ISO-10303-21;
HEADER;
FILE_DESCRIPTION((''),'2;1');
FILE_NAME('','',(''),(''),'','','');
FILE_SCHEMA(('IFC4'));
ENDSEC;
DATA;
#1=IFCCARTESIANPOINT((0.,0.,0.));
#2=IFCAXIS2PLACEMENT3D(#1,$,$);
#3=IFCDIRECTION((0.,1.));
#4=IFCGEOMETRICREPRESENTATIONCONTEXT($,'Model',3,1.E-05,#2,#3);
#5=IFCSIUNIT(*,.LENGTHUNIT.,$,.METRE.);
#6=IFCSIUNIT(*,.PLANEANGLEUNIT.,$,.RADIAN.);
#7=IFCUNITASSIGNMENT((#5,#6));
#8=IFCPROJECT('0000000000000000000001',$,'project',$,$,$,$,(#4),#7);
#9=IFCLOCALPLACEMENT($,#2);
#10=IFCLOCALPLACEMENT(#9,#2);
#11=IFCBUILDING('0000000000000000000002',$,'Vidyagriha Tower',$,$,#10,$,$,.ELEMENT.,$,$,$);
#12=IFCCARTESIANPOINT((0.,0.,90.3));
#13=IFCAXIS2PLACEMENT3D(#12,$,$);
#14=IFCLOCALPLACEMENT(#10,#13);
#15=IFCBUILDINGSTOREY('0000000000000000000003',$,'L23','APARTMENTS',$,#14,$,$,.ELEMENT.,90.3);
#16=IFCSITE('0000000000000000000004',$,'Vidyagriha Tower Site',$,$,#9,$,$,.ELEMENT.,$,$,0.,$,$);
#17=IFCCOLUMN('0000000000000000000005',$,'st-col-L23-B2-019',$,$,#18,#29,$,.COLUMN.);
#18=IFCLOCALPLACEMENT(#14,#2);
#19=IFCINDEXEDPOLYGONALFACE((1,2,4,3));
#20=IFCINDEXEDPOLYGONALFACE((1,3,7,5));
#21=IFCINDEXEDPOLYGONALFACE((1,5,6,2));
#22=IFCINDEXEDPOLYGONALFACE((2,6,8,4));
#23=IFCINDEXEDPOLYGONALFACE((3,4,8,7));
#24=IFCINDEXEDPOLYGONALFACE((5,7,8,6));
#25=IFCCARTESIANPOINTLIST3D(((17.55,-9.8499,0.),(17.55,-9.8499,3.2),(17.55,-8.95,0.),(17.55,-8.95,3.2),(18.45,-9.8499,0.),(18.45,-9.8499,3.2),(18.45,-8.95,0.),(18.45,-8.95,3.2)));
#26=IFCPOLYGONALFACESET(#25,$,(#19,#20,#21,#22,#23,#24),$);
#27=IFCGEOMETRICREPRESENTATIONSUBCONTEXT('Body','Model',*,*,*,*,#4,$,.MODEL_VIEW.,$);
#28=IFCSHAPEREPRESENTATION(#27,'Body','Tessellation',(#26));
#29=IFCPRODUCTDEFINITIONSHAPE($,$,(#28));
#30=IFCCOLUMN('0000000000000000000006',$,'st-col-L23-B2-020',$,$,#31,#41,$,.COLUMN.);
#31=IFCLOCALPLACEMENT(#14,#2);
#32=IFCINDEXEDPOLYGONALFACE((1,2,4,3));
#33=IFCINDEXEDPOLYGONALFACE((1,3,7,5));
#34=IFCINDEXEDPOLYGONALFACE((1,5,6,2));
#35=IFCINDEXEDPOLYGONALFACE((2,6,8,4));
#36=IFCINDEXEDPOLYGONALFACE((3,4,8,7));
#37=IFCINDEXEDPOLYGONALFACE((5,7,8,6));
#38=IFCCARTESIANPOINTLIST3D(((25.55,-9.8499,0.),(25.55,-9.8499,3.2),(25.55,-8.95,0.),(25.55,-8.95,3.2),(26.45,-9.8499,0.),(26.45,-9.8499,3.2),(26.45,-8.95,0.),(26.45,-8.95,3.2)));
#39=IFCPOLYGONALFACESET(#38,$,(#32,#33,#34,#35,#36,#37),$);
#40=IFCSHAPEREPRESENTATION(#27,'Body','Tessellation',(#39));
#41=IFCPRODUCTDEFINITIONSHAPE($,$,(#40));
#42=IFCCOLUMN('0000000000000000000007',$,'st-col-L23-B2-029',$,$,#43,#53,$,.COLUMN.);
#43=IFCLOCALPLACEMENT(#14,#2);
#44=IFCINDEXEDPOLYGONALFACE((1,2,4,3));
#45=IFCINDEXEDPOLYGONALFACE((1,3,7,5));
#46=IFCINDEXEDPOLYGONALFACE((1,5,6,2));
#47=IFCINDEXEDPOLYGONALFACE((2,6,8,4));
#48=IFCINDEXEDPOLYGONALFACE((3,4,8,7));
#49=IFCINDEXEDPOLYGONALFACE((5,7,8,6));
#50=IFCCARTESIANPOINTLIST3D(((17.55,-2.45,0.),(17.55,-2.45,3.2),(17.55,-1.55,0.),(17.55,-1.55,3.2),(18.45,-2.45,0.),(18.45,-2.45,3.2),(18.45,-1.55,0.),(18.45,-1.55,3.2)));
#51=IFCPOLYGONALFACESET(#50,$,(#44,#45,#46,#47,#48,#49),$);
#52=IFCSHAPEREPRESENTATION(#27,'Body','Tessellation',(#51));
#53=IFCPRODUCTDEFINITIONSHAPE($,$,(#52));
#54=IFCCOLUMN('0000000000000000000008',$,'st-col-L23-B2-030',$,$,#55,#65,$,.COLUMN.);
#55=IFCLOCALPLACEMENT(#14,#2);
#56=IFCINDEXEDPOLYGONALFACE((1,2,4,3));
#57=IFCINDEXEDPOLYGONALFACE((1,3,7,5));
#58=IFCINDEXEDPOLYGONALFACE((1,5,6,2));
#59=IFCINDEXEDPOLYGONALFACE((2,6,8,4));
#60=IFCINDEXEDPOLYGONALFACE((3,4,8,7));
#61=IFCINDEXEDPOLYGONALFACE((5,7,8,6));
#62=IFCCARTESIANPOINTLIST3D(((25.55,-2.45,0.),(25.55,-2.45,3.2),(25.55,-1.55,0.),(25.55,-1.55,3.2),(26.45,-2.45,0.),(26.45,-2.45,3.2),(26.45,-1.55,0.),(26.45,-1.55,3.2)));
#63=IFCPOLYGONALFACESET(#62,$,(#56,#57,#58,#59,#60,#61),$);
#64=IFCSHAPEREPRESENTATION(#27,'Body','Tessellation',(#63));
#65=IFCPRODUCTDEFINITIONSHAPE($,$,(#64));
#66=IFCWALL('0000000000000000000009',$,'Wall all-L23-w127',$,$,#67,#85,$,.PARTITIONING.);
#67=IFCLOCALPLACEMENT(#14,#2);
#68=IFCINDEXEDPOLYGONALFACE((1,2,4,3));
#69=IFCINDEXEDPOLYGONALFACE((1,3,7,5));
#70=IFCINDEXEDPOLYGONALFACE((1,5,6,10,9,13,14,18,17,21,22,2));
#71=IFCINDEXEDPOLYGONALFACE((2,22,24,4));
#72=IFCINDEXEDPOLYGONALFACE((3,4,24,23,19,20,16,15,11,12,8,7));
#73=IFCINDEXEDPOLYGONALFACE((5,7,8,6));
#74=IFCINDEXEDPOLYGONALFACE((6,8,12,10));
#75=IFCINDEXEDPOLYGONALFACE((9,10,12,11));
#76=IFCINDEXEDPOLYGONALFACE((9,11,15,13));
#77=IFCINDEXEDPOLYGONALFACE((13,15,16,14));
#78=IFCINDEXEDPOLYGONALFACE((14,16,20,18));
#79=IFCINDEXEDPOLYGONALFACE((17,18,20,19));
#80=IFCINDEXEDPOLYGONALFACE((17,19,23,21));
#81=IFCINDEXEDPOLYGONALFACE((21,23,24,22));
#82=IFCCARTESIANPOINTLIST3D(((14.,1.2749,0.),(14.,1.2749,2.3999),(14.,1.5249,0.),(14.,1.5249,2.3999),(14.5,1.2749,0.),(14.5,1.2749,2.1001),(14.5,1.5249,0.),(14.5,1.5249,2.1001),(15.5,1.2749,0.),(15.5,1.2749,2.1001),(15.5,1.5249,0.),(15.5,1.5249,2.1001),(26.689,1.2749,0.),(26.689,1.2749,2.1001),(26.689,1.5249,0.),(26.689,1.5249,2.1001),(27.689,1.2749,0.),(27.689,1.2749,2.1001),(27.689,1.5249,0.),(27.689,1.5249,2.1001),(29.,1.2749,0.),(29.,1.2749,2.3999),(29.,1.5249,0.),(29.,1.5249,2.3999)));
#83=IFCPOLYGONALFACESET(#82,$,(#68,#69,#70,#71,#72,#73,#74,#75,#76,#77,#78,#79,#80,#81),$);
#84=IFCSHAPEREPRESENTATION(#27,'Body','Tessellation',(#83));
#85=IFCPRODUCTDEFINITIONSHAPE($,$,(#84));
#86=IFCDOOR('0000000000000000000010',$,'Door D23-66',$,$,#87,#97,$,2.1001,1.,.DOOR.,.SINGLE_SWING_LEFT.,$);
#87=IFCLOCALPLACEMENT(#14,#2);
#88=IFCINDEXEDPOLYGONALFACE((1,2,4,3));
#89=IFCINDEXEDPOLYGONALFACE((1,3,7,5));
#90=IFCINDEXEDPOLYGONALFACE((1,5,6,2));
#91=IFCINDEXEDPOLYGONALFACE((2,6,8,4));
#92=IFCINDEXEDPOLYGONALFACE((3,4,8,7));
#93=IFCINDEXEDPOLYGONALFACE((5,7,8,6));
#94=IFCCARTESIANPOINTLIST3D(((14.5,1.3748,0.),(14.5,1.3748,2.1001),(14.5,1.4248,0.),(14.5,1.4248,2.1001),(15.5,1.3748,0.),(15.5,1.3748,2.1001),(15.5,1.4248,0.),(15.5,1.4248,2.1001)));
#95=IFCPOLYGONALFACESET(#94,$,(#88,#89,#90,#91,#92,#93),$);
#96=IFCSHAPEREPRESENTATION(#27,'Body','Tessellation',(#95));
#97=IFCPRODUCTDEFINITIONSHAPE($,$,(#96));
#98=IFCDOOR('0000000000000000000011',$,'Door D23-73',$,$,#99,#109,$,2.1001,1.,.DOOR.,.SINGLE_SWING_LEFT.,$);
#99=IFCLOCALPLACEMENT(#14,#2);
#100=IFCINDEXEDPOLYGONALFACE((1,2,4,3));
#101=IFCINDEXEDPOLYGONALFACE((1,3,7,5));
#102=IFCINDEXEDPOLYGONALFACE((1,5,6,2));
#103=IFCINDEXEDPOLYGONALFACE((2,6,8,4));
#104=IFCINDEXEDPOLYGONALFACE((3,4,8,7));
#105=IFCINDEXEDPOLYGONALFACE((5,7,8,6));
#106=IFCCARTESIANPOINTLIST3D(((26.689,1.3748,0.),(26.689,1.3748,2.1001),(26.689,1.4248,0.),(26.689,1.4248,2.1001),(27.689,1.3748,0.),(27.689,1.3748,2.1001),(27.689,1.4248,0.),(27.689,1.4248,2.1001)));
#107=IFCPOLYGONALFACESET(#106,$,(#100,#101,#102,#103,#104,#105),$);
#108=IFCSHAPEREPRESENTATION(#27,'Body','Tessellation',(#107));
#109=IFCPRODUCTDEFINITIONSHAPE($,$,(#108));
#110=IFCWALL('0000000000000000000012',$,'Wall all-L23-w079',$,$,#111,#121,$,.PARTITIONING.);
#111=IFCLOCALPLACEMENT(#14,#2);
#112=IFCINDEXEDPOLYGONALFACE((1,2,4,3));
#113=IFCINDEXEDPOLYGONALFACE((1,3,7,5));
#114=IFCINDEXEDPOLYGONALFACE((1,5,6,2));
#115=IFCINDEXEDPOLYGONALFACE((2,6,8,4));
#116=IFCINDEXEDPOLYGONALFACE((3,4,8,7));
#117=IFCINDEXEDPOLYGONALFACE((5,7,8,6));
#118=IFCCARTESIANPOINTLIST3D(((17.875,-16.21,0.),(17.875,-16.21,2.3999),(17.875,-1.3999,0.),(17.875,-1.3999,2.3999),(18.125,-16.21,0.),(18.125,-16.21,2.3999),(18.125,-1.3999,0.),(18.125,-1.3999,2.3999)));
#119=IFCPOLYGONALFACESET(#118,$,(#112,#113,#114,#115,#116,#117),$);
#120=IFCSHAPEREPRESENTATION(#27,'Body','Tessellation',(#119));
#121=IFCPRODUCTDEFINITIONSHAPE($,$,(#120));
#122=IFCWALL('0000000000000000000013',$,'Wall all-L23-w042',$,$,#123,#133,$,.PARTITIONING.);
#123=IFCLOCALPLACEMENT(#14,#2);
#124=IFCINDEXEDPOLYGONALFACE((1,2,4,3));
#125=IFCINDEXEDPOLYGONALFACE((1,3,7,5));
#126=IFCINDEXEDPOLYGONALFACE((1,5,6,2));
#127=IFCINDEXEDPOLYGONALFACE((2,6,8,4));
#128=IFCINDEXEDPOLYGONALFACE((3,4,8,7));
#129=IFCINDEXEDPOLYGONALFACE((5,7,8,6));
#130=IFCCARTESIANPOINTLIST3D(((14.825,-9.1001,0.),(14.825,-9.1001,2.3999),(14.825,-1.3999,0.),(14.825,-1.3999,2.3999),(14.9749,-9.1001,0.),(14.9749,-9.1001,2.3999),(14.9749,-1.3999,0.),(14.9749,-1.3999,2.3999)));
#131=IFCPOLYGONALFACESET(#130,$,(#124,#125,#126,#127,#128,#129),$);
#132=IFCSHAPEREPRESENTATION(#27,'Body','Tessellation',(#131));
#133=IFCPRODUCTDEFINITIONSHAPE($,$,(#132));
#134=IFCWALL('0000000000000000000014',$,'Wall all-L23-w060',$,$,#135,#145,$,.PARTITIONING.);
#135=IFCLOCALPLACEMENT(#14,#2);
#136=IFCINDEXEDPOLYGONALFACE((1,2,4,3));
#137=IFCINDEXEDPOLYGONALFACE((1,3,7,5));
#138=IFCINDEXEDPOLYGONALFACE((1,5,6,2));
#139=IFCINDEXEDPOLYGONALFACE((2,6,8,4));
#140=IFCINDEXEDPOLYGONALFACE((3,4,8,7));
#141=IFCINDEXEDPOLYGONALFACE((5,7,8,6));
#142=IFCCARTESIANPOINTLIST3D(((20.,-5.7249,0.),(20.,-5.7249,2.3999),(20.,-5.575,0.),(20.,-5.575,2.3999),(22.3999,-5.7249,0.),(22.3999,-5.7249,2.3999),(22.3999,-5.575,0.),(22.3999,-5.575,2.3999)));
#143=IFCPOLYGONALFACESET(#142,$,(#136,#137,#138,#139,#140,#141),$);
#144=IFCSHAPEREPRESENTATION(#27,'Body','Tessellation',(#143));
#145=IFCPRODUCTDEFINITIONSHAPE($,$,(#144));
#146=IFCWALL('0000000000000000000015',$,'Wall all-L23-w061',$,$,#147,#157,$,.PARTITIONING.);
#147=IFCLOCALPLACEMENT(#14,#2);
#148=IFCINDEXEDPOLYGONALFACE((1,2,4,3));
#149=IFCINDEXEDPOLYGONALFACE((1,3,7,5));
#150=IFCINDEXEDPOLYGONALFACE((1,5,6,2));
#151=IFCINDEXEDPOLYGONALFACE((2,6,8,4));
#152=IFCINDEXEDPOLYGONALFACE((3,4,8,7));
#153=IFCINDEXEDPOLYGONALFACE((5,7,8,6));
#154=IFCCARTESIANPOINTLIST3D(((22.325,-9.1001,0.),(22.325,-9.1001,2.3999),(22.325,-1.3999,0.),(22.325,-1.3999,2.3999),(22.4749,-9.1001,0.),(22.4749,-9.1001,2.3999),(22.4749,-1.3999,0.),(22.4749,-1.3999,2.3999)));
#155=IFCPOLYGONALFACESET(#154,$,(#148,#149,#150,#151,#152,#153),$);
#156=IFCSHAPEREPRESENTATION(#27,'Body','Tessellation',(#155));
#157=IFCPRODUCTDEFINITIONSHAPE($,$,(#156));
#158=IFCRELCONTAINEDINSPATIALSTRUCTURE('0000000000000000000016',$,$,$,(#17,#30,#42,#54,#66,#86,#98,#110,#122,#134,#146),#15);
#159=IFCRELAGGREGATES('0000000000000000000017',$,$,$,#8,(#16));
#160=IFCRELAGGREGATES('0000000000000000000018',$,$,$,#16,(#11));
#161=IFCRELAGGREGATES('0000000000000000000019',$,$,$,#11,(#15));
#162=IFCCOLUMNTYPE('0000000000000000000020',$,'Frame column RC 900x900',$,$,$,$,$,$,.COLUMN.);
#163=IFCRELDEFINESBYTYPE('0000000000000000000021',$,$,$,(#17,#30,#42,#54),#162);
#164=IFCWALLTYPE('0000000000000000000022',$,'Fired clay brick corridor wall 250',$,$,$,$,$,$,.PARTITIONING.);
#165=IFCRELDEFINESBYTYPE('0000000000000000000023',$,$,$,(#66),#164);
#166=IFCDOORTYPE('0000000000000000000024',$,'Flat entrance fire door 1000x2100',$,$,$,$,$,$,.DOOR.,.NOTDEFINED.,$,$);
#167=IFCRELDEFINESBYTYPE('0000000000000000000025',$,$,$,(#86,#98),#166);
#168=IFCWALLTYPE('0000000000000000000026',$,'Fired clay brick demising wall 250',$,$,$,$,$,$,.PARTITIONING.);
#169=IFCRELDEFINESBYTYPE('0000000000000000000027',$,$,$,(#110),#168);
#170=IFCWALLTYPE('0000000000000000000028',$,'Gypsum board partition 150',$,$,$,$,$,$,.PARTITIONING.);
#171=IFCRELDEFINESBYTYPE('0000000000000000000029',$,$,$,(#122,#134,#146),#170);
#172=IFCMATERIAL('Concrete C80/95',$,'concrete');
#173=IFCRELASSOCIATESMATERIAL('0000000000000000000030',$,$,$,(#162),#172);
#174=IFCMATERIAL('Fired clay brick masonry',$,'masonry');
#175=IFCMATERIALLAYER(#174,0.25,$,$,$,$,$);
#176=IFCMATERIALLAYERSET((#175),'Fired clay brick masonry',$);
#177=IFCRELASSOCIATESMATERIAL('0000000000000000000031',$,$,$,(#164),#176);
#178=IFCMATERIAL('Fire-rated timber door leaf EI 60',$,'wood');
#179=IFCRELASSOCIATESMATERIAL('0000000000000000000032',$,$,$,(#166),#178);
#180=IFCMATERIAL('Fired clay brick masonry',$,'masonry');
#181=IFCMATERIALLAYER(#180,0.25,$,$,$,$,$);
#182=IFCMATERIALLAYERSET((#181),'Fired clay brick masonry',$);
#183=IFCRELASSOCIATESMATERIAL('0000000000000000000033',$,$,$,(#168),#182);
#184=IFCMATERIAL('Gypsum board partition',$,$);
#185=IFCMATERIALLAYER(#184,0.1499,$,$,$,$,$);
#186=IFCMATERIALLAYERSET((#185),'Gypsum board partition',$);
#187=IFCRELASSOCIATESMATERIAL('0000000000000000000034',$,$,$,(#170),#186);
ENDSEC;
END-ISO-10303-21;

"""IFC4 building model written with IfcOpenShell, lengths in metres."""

from ifc_helpers import new_model, si_unit, direction, frame, frame_2d, origin, origin_2d, place, context, subcontext, project, spatial, rectangle, extrude, material, layer, layer_set, material_profile, profile_set, type_object, element, fill, save


model = new_model("IFC4")

# Units and contexts
model_context = context("Model", 3, precision=1e-05, world=origin(), true_north=direction((0.0, 1.0)))
body_context = subcontext(model_context, "Body", "Model", "MODEL_VIEW")
ifc_project = project(units=[si_unit("LENGTHUNIT", "METRE"), si_unit("PLANEANGLEUNIT", "RADIAN")], contexts=[model_context])

# Site, building, storey
site_placement = place(None, origin())
site = spatial("IfcSite", under=ifc_project, at=site_placement, Name="Vidyagriha Tower Site", CompositionType="ELEMENT", RefElevation=0.0)
building_placement = place(site_placement, origin())
building = spatial("IfcBuilding", under=site, at=building_placement, Name="Vidyagriha Tower", CompositionType="ELEMENT")
storey_placement = place(building_placement, frame((0.0, 0.0, 90.3)))
storey = spatial("IfcBuildingStorey", under=building, at=storey_placement, Name="L23", Description="APARTMENTS", CompositionType="ELEMENT", Elevation=90.3)

# Columns
ifc_material_1 = material(Name="Concrete C80/95", Category="concrete")
ifc_material_profile = material_profile(ifc_material_1, rectangle(XDim=0.8999, YDim=0.8999, at=origin_2d()), Name="RC 900x900")
ifc_profile_set = profile_set([ifc_material_profile], Name="Concrete C80/95")
column_type = type_object("IfcColumnType", Name="Frame column RC 900x900", PredefinedType="COLUMN", material=ifc_profile_set)
for number, where, name in (
    (1, (18.0, -9.3999, 0.0), "st-col-L23-B2-019"),
    (2, (26.0, -9.3999, 0.0), "st-col-L23-B2-020"),
    (3, (18.0, -2.0, 0.0), "st-col-L23-B2-029"),
    (4, (26.0, -2.0, 0.0), "st-col-L23-B2-030"),
):
    element("IfcColumn", number, at=place(storey_placement, frame(where)), inside=storey, type_object=column_type, Name=name, PredefinedType="COLUMN", context=body_context, shape_type="SweptSolid", body=[
        extrude(rectangle(XDim=0.8999, YDim=0.8999, at=origin_2d()), origin(), (0.0, 0.0, 1.0), 3.2),
    ])

# Wall, openings, doors
ifc_material_2 = material(Name="Fired clay brick masonry", Category="masonry")
ifc_layer_1 = layer(ifc_material_2, 0.25)
ifc_layer_set_1 = layer_set([ifc_layer_1], Name="Fired clay brick masonry")
wall_type_1 = type_object("IfcWallType", Name="Fired clay brick corridor wall 250", PredefinedType="PARTITIONING", material=ifc_layer_set_1)
wall_1_placement = place(storey_placement, frame((14.0, 1.3999, 0.0)))
wall_1 = element("IfcWall", 5, at=wall_1_placement, inside=storey, type_object=wall_type_1, Name="Wall all-L23-w127", PredefinedType="PARTITIONING", context=body_context, shape_type="SweptSolid", body=[
    extrude(rectangle(XDim=15.0, YDim=0.25, at=frame_2d((7.5, 0.0))), origin(), (0.0, 0.0, 1.0), 2.3999),
])
opening_1_placement = place(wall_1_placement, frame((0.5, 0.0, 0.0)))
opening_1 = element("IfcOpeningElement", 6, at=opening_1_placement, cuts=wall_1, PredefinedType="OPENING", context=body_context, shape_type="SweptSolid", body=[
    extrude(rectangle(XDim=1.0, YDim=2.1001, at=frame_2d((0.5, 1.05))), frame((0.0, 0.135, 0.0), z_axis=(0.0, -1.0, 0.0), x_axis=(1.0, 0.0, 0.0)), (0.0, 0.0, 1.0), 0.27),
])
opening_2_placement = place(wall_1_placement, frame((12.689, 0.0, 0.0)))
opening_2 = element("IfcOpeningElement", 7, at=opening_2_placement, cuts=wall_1, PredefinedType="OPENING", context=body_context, shape_type="SweptSolid", body=[
    extrude(rectangle(XDim=1.0, YDim=2.1001, at=frame_2d((0.5, 1.05))), frame((0.0, 0.135, 0.0), z_axis=(0.0, -1.0, 0.0), x_axis=(1.0, 0.0, 0.0)), (0.0, 0.0, 1.0), 0.27),
])
ifc_material_3 = material(Name="Fire-rated timber door leaf EI 60", Category="wood")
door_type_1 = type_object("IfcDoorType", Name="Flat entrance fire door 1000x2100", OperationType="NOTDEFINED", PredefinedType="DOOR", material=ifc_material_3)
door_1_placement = place(opening_1_placement, origin())
door_1 = element("IfcDoor", 8, at=door_1_placement, inside=storey, type_object=door_type_1, Name="Door D23-66", OperationType="SINGLE_SWING_LEFT", OverallHeight=2.1001, OverallWidth=1.0, PredefinedType="DOOR", context=body_context, shape_type="SweptSolid", body=[
    extrude(rectangle(XDim=1.0, YDim=2.1001, at=frame_2d((0.5, 1.05))), frame((0.0, 0.0249, 0.0), z_axis=(0.0, -1.0, 0.0), x_axis=(1.0, 0.0, 0.0)), (0.0, 0.0, 1.0), 0.05),
])
fill(opening_1, door_1)
door_2_placement = place(opening_2_placement, origin())
door_2 = element("IfcDoor", 9, at=door_2_placement, inside=storey, type_object=door_type_1, Name="Door D23-73", OperationType="SINGLE_SWING_LEFT", OverallHeight=2.1001, OverallWidth=1.0, PredefinedType="DOOR", context=body_context, shape_type="SweptSolid", body=[
    extrude(rectangle(XDim=1.0, YDim=2.1001, at=frame_2d((0.5, 1.05))), frame((0.0, 0.0249, 0.0), z_axis=(0.0, -1.0, 0.0), x_axis=(1.0, 0.0, 0.0)), (0.0, 0.0, 1.0), 0.05),
])
fill(opening_2, door_2)

# Walls
ifc_material_4 = material(Name="Fired clay brick masonry", Category="masonry")
ifc_layer_2 = layer(ifc_material_4, 0.25)
ifc_layer_set_2 = layer_set([ifc_layer_2], Name="Fired clay brick masonry")
wall_type_2 = type_object("IfcWallType", Name="Fired clay brick demising wall 250", PredefinedType="PARTITIONING", material=ifc_layer_set_2)
wall_2_placement = place(storey_placement, frame((18.0, -1.3999, 0.0), z_axis=(0.0, 0.0, 1.0), x_axis=(0.0, -1.0, 0.0)))
element("IfcWall", 10, at=wall_2_placement, inside=storey, type_object=wall_type_2, Name="Wall all-L23-w079", PredefinedType="PARTITIONING", context=body_context, shape_type="SweptSolid", body=[
    extrude(rectangle(XDim=14.8101, YDim=0.25, at=frame_2d((7.405, 0.0))), origin(), (0.0, 0.0, 1.0), 2.3999),
])
ifc_material_5 = material(Name="Gypsum board partition")
ifc_layer_3 = layer(ifc_material_5, 0.1499)
ifc_layer_set_3 = layer_set([ifc_layer_3], Name="Gypsum board partition")
wall_type_3 = type_object("IfcWallType", Name="Gypsum board partition 150", PredefinedType="PARTITIONING", material=ifc_layer_set_3)
wall_3_placement = place(storey_placement, frame((14.8999, -1.3999, 0.0), z_axis=(0.0, 0.0, 1.0), x_axis=(0.0, -1.0, 0.0)))
element("IfcWall", 11, at=wall_3_placement, inside=storey, type_object=wall_type_3, Name="Wall all-L23-w042", PredefinedType="PARTITIONING", context=body_context, shape_type="SweptSolid", body=[
    extrude(rectangle(XDim=7.7002, YDim=0.1499, at=frame_2d((3.8501, 0.0))), origin(), (0.0, 0.0, 1.0), 2.3999),
])
wall_4_placement = place(storey_placement, frame((22.3999, -5.6499, 0.0), z_axis=(0.0, 0.0, 1.0), x_axis=(-1.0, 0.0, 0.0)))
element("IfcWall", 12, at=wall_4_placement, inside=storey, type_object=wall_type_3, Name="Wall all-L23-w060", PredefinedType="PARTITIONING", context=body_context, shape_type="SweptSolid", body=[
    extrude(rectangle(XDim=2.3999, YDim=0.1499, at=frame_2d((1.2, 0.0))), origin(), (0.0, 0.0, 1.0), 2.3999),
])
wall_5_placement = place(storey_placement, frame((22.3999, -1.3999, 0.0), z_axis=(0.0, 0.0, 1.0), x_axis=(0.0, -1.0, 0.0)))
element("IfcWall", 13, at=wall_5_placement, inside=storey, type_object=wall_type_3, Name="Wall all-L23-w061", PredefinedType="PARTITIONING", context=body_context, shape_type="SweptSolid", body=[
    extrude(rectangle(XDim=7.7002, YDim=0.1499, at=frame_2d((3.8501, 0.0))), origin(), (0.0, 0.0, 1.0), 2.3999),
])

save(model, "model.ifc")
